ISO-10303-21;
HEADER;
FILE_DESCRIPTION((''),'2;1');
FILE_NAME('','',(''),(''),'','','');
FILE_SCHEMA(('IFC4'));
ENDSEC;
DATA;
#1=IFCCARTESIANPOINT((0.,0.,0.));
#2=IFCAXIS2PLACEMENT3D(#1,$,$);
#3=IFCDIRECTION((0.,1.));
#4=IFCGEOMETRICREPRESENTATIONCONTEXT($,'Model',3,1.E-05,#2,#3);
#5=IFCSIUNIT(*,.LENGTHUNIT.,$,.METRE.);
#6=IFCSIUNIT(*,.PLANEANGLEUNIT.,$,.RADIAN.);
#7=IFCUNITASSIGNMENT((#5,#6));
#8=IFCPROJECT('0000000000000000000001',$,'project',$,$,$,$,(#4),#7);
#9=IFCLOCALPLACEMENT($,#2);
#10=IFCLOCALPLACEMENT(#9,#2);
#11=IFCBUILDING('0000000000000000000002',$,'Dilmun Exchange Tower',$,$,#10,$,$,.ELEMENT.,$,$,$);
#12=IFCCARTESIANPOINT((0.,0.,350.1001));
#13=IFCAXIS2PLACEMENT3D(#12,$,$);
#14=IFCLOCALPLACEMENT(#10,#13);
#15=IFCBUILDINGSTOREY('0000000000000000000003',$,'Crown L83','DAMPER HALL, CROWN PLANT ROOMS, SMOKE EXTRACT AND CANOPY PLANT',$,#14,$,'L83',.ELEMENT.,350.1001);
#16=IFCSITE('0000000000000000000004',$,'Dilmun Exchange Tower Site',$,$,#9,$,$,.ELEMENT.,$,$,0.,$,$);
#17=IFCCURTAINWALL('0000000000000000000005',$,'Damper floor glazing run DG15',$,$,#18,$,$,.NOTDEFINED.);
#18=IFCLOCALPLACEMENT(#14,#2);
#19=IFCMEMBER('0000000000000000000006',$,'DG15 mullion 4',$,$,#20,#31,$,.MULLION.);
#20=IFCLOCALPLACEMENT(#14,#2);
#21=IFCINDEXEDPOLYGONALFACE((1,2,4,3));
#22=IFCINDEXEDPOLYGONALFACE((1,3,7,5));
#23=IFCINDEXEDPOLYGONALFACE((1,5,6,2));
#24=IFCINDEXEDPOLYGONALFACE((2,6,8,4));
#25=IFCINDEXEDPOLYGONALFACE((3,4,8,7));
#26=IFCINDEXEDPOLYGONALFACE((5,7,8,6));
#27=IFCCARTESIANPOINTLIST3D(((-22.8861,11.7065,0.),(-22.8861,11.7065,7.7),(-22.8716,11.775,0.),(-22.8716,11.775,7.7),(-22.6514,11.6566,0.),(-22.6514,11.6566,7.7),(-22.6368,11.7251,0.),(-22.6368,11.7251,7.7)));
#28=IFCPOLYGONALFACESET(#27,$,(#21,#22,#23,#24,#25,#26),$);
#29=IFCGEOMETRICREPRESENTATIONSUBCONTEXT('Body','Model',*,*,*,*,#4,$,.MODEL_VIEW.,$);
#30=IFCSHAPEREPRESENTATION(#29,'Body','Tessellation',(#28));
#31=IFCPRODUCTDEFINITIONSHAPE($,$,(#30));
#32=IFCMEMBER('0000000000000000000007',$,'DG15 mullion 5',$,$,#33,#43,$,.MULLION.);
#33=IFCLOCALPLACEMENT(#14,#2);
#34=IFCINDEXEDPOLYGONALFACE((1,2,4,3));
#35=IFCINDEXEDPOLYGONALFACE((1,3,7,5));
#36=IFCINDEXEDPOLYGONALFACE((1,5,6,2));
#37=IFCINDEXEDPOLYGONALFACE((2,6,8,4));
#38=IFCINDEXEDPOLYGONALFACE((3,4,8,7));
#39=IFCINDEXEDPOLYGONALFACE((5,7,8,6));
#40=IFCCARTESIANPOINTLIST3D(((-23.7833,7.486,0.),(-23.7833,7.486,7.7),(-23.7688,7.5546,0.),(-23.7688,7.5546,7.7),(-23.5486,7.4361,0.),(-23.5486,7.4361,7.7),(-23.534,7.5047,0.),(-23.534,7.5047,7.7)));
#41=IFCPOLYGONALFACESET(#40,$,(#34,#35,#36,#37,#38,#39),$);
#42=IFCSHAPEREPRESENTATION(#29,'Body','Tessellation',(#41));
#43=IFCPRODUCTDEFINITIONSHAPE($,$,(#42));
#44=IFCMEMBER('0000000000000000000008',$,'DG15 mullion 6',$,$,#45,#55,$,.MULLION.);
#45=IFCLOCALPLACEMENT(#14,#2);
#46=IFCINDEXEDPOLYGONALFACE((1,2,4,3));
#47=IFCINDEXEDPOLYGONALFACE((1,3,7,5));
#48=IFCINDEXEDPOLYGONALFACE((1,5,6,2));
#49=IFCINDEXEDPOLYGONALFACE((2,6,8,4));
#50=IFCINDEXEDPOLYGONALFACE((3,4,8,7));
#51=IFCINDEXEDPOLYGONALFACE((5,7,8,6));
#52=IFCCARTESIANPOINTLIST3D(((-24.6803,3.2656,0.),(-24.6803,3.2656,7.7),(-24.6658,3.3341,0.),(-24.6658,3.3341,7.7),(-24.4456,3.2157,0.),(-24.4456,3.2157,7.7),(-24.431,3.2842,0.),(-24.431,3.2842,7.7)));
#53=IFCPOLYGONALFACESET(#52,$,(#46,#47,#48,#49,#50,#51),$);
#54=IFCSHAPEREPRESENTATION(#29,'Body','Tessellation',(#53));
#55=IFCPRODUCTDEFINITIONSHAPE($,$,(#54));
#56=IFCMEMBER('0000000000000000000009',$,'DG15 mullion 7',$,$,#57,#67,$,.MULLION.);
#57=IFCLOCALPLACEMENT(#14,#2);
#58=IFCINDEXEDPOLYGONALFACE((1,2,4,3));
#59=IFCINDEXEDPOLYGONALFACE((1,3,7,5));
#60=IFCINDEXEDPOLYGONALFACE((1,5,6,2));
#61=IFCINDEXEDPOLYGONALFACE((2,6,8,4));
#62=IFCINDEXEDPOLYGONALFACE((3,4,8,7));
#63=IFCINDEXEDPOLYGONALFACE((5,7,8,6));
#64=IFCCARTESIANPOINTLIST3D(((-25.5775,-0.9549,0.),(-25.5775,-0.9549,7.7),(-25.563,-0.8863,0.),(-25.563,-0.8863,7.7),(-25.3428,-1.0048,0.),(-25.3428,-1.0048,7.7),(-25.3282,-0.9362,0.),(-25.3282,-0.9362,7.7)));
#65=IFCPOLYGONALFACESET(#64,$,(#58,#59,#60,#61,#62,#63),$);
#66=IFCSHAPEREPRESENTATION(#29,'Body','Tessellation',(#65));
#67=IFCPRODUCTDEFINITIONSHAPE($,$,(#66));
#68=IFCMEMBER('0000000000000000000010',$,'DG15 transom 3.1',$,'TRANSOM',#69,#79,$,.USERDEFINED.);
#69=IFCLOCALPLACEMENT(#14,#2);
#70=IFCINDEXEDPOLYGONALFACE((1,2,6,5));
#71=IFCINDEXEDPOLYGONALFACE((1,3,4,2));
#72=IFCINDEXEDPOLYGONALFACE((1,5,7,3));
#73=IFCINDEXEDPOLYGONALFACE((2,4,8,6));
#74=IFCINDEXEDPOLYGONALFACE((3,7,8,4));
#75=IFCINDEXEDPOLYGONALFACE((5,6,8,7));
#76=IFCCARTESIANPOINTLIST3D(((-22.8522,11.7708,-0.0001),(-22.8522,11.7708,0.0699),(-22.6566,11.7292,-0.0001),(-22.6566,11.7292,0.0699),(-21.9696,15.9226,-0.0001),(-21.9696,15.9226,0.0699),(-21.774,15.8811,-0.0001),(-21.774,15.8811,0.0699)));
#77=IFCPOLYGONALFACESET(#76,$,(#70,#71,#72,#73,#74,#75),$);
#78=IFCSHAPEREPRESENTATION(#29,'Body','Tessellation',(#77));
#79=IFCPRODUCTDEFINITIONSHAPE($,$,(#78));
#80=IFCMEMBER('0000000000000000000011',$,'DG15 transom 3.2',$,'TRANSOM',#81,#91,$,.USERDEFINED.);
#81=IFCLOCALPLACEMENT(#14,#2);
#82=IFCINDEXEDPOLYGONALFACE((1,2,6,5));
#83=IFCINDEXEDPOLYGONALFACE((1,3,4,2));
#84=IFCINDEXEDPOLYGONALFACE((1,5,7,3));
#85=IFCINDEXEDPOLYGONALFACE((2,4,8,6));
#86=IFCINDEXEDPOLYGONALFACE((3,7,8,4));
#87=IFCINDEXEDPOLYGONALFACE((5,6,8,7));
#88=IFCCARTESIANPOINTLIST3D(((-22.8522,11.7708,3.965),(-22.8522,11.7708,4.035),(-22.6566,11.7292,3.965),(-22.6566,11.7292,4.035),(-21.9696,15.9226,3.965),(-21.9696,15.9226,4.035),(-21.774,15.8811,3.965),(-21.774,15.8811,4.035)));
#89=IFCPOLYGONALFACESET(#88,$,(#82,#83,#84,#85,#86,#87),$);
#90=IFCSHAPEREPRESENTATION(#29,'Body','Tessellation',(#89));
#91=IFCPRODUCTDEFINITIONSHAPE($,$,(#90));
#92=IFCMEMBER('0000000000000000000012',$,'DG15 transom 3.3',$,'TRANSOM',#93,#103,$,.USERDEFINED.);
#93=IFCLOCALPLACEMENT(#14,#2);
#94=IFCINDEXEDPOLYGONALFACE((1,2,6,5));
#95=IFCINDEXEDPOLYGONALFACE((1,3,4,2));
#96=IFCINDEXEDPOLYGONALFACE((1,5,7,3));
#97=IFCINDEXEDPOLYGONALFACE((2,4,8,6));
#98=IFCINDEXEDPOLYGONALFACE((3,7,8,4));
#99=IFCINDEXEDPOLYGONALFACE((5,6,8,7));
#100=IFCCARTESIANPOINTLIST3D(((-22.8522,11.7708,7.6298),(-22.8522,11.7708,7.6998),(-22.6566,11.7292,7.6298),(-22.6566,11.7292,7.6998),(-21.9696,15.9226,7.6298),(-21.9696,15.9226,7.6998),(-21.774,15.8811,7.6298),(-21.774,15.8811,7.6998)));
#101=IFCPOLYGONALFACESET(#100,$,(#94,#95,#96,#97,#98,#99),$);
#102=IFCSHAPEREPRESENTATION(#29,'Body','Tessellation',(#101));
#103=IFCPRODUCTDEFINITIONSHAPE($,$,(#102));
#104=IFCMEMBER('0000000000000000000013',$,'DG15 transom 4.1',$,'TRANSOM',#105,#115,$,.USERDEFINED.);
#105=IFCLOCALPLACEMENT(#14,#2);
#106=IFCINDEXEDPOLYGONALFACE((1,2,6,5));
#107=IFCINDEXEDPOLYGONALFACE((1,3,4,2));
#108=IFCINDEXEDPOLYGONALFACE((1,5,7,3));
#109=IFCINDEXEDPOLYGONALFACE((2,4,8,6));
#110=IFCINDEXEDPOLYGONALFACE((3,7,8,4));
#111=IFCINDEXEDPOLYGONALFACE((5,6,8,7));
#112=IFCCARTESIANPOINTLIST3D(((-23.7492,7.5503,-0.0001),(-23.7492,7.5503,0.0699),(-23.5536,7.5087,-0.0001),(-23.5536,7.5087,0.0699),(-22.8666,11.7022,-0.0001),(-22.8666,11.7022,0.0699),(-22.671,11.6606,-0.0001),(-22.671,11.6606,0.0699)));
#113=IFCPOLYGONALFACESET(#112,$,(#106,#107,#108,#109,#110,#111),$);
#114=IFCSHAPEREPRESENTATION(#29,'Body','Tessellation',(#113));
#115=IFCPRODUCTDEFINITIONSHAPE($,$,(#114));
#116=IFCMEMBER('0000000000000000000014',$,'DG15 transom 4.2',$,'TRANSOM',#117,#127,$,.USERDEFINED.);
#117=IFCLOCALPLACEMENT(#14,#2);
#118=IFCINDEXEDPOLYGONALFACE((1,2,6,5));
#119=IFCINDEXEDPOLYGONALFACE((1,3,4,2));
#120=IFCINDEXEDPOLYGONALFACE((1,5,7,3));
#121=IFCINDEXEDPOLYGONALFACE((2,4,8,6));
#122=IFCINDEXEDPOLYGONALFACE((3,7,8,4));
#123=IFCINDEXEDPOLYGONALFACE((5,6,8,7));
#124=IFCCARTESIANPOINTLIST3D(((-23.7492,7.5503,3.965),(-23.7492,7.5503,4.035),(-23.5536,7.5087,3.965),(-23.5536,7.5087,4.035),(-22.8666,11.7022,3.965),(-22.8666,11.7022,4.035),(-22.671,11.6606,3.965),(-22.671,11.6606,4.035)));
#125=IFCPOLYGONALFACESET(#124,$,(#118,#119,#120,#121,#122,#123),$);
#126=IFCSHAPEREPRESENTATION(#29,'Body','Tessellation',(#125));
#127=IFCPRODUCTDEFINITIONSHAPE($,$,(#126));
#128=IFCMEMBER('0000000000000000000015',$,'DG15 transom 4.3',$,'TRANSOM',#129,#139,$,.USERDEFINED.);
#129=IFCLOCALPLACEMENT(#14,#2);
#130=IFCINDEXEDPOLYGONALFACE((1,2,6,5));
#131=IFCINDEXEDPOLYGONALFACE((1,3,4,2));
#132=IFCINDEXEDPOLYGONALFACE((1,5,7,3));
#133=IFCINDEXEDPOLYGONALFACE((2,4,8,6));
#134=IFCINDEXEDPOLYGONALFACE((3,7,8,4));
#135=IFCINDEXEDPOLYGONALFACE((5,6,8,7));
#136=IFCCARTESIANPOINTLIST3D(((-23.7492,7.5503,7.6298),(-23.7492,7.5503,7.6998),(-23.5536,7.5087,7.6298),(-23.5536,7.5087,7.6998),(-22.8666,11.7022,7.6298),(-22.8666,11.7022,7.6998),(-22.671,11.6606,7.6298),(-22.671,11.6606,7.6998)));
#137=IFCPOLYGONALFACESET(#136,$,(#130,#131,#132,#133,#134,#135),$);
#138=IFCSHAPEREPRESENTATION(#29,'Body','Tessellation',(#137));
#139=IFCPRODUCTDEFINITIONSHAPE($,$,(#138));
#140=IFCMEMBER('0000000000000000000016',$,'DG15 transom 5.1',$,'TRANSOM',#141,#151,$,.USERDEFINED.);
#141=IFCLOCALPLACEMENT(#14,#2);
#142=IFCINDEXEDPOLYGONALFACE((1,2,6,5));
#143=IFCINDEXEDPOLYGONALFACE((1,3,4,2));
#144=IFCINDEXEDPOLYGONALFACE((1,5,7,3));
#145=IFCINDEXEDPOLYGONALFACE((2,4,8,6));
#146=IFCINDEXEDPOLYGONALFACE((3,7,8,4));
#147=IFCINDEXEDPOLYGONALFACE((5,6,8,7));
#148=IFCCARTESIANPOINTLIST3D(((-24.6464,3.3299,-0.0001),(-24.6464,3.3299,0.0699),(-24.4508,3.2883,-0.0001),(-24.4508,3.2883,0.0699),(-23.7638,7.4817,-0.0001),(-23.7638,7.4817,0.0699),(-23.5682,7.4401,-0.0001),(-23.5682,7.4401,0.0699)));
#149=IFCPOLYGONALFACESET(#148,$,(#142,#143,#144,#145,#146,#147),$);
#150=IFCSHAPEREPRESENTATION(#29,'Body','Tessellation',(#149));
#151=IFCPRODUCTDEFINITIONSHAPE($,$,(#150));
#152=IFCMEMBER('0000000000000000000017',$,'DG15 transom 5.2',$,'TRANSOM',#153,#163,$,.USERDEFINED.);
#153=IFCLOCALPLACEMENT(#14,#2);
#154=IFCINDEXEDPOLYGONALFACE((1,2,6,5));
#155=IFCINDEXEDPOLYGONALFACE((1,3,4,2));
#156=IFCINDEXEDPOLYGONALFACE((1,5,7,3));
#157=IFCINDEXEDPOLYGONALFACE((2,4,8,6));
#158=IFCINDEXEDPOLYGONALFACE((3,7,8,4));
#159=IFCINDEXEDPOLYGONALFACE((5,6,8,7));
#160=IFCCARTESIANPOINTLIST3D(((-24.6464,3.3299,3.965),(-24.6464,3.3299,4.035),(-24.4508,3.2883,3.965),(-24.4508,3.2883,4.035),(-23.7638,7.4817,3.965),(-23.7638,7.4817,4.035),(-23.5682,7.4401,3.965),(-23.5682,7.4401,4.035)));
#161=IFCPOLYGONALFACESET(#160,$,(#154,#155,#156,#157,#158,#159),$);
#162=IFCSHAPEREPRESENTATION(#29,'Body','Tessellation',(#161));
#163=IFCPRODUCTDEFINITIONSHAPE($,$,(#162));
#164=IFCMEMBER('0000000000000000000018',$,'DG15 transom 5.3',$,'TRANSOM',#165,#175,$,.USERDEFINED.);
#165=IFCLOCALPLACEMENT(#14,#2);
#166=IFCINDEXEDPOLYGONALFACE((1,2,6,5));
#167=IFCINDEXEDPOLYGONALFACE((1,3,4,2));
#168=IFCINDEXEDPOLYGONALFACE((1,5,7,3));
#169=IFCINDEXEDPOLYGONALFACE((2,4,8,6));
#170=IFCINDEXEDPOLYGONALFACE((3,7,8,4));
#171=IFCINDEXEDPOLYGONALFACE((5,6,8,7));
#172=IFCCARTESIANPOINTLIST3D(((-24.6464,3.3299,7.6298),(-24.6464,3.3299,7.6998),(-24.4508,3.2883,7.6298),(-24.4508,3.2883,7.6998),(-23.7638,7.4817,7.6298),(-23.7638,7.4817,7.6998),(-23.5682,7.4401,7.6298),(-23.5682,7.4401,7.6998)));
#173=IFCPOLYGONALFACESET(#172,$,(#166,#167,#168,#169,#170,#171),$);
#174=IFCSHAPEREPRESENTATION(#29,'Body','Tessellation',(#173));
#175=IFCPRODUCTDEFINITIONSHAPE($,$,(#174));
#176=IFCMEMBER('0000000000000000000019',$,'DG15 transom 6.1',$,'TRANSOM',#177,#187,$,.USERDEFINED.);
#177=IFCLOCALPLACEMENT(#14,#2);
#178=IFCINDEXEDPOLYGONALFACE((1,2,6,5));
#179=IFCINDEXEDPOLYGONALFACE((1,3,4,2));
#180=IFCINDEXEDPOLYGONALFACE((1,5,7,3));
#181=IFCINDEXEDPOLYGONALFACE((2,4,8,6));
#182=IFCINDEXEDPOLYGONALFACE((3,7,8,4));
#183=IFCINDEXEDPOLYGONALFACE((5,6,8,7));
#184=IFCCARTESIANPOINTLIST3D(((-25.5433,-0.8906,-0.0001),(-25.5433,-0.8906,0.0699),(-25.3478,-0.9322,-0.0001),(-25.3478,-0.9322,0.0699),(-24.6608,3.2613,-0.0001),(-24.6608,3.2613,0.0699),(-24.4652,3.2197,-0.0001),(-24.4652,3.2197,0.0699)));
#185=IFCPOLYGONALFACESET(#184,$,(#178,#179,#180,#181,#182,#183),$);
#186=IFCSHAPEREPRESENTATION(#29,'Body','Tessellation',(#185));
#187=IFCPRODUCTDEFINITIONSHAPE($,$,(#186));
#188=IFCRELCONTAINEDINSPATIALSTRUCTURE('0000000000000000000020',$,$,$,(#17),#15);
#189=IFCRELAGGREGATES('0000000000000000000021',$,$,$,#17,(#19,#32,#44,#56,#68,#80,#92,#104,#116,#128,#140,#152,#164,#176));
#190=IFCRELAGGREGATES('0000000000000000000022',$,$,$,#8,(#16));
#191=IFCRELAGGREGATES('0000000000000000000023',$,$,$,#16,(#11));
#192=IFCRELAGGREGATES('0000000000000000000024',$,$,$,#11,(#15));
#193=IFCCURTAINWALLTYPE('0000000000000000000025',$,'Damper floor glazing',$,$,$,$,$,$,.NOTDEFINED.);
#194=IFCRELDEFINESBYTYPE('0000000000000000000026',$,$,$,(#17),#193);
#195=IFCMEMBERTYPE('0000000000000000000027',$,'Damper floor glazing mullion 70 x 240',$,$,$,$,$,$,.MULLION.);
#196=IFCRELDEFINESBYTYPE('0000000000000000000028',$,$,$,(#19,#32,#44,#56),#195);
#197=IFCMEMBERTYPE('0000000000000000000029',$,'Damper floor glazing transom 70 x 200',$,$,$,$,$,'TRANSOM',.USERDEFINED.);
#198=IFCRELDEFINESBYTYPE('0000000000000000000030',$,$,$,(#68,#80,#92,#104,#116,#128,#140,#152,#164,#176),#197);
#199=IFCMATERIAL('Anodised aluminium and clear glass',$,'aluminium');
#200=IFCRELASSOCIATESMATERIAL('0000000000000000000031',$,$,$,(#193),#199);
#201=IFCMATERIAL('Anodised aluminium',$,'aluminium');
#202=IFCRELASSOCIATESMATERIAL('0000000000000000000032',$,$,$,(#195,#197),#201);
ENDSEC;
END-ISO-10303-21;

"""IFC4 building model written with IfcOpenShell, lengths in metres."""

from ifc_helpers import new_model, si_unit, direction, frame, origin, origin_2d, place, context, subcontext, project, spatial, rectangle, extrude, material, material_profile, profile_set, type_object, element, aggregate, save


model = new_model("IFC4")

# Units and contexts
model_context = context("Model", 3, precision=1e-05, world=origin(), true_north=direction((0.0, 1.0)))
body_context = subcontext(model_context, "Body", "Model", "MODEL_VIEW")
ifc_project = project(units=[si_unit("LENGTHUNIT", "METRE"), si_unit("PLANEANGLEUNIT", "RADIAN")], contexts=[model_context])

# Site, building, storey
site_placement = place(None, origin())
site = spatial("IfcSite", under=ifc_project, at=site_placement, Name="Dilmun Exchange Tower Site", CompositionType="ELEMENT", RefElevation=0.0)
building_placement = place(site_placement, origin())
building = spatial("IfcBuilding", under=site, at=building_placement, Name="Dilmun Exchange Tower", CompositionType="ELEMENT")
storey_placement = place(building_placement, frame((0.0, 0.0, 350.1001)))
storey = spatial("IfcBuildingStorey", under=building, at=storey_placement, Name="Crown L83", Description="DAMPER HALL, CROWN PLANT ROOMS, SMOKE EXTRACT AND CANOPY PLANT", LongName="L83", CompositionType="ELEMENT", Elevation=350.1001)

# Curtain wall, members
ifc_material_1 = material(Name="Anodised aluminium and clear glass", Category="aluminium")
curtain_wall_type = type_object("IfcCurtainWallType", Name="Damper floor glazing", PredefinedType="NOTDEFINED", material=ifc_material_1)
curtain_wall_placement = place(storey_placement, origin())
curtain_wall = element("IfcCurtainWall", 1, at=curtain_wall_placement, inside=storey, type_object=curtain_wall_type, Name="Damper floor glazing run DG15", PredefinedType="NOTDEFINED")
ifc_material_2 = material(Name="Anodised aluminium", Category="aluminium")
ifc_material_profile_1 = material_profile(ifc_material_2, rectangle(XDim=0.24, YDim=0.0701, at=origin_2d()), Name="AL 70x240")
ifc_profile_set_1 = profile_set([ifc_material_profile_1], Name="Anodised aluminium")
member_type_1 = type_object("IfcMemberType", Name="Damper floor glazing mullion 70 x 240", PredefinedType="MULLION", material=ifc_profile_set_1)
member_1_placement = place(storey_placement, frame((-22.7615, 11.7158, 0.0), z_axis=(0.0, 0.0, 1.0), x_axis=(0.978147, -0.207912, 0.0)))
member_1 = element("IfcMember", 2, at=member_1_placement, type_object=member_type_1, Name="DG15 mullion 4", PredefinedType="MULLION", context=body_context, shape_type="SweptSolid", body=[
    extrude(rectangle(XDim=0.24, YDim=0.0701, at=origin_2d()), origin(), (0.0, 0.0, 1.0), 7.7),
])
member_2_placement = place(storey_placement, frame((-23.6587, 7.4954, 0.0), z_axis=(0.0, 0.0, 1.0), x_axis=(0.978147, -0.207912, 0.0)))
member_2 = element("IfcMember", 3, at=member_2_placement, type_object=member_type_1, Name="DG15 mullion 5", PredefinedType="MULLION", context=body_context, shape_type="SweptSolid", body=[
    extrude(rectangle(XDim=0.24, YDim=0.0701, at=origin_2d()), origin(), (0.0, 0.0, 1.0), 7.7),
])
member_3_placement = place(storey_placement, frame((-24.5557, 3.2749, 0.0), z_axis=(0.0, 0.0, 1.0), x_axis=(0.978147, -0.207912, 0.0)))
member_3 = element("IfcMember", 4, at=member_3_placement, type_object=member_type_1, Name="DG15 mullion 6", PredefinedType="MULLION", context=body_context, shape_type="SweptSolid", body=[
    extrude(rectangle(XDim=0.24, YDim=0.0701, at=origin_2d()), origin(), (0.0, 0.0, 1.0), 7.7),
])
member_4_placement = place(storey_placement, frame((-25.4529, -0.9456, 0.0), z_axis=(0.0, 0.0, 1.0), x_axis=(0.978147, -0.207912, 0.0)))
member_4 = element("IfcMember", 5, at=member_4_placement, type_object=member_type_1, Name="DG15 mullion 7", PredefinedType="MULLION", context=body_context, shape_type="SweptSolid", body=[
    extrude(rectangle(XDim=0.24, YDim=0.0701, at=origin_2d()), origin(), (0.0, 0.0, 1.0), 7.7),
])
ifc_material_profile_2 = material_profile(ifc_material_2, rectangle(XDim=0.2, YDim=0.0701, at=origin_2d()), Name="AL 70x200")
ifc_profile_set_2 = profile_set([ifc_material_profile_2], Name="Anodised aluminium")
member_type_2 = type_object("IfcMemberType", Name="Damper floor glazing transom 70 x 200", ElementType="TRANSOM", PredefinedType="USERDEFINED", material=ifc_profile_set_2)
member_5_placement = place(storey_placement, frame((-21.8718, 15.9019, 0.0349), z_axis=(-0.207926, -0.978145, 0.0), x_axis=(0.978145, -0.207926, 0.0)))
member_5 = element("IfcMember", 6, at=member_5_placement, type_object=member_type_2, Name="DG15 transom 3.1", ObjectType="TRANSOM", PredefinedType="USERDEFINED", context=body_context, shape_type="SweptSolid", body=[
    extrude(rectangle(XDim=0.2, YDim=0.0701, at=origin_2d()), origin(), (0.0, 0.0, 1.0), 4.2446),
])
member_6_placement = place(storey_placement, frame((-21.8718, 15.9019, 4.0), z_axis=(-0.207926, -0.978145, 0.0), x_axis=(0.978145, -0.207926, 0.0)))
member_6 = element("IfcMember", 7, at=member_6_placement, type_object=member_type_2, Name="DG15 transom 3.2", ObjectType="TRANSOM", PredefinedType="USERDEFINED", context=body_context, shape_type="SweptSolid", body=[
    extrude(rectangle(XDim=0.2, YDim=0.0701, at=origin_2d()), origin(), (0.0, 0.0, 1.0), 4.2446),
])
member_7_placement = place(storey_placement, frame((-21.8718, 15.9019, 7.6648), z_axis=(-0.207926, -0.978145, 0.0), x_axis=(0.978145, -0.207926, 0.0)))
member_7 = element("IfcMember", 8, at=member_7_placement, type_object=member_type_2, Name="DG15 transom 3.3", ObjectType="TRANSOM", PredefinedType="USERDEFINED", context=body_context, shape_type="SweptSolid", body=[
    extrude(rectangle(XDim=0.2, YDim=0.0701, at=origin_2d()), origin(), (0.0, 0.0, 1.0), 4.2446),
])
member_8_placement = place(storey_placement, frame((-22.7688, 11.6814, 0.0349), z_axis=(-0.207926, -0.978145, 0.0), x_axis=(0.978145, -0.207926, 0.0)))
member_8 = element("IfcMember", 9, at=member_8_placement, type_object=member_type_2, Name="DG15 transom 4.1", ObjectType="TRANSOM", PredefinedType="USERDEFINED", context=body_context, shape_type="SweptSolid", body=[
    extrude(rectangle(XDim=0.2, YDim=0.0701, at=origin_2d()), origin(), (0.0, 0.0, 1.0), 4.2446),
])
member_9_placement = place(storey_placement, frame((-22.7688, 11.6814, 4.0), z_axis=(-0.207926, -0.978145, 0.0), x_axis=(0.978145, -0.207926, 0.0)))
member_9 = element("IfcMember", 10, at=member_9_placement, type_object=member_type_2, Name="DG15 transom 4.2", ObjectType="TRANSOM", PredefinedType="USERDEFINED", context=body_context, shape_type="SweptSolid", body=[
    extrude(rectangle(XDim=0.2, YDim=0.0701, at=origin_2d()), origin(), (0.0, 0.0, 1.0), 4.2446),
])
member_10_placement = place(storey_placement, frame((-22.7688, 11.6814, 7.6648), z_axis=(-0.207926, -0.978145, 0.0), x_axis=(0.978145, -0.207926, 0.0)))
member_10 = element("IfcMember", 11, at=member_10_placement, type_object=member_type_2, Name="DG15 transom 4.3", ObjectType="TRANSOM", PredefinedType="USERDEFINED", context=body_context, shape_type="SweptSolid", body=[
    extrude(rectangle(XDim=0.2, YDim=0.0701, at=origin_2d()), origin(), (0.0, 0.0, 1.0), 4.2446),
])
member_11_placement = place(storey_placement, frame((-23.666, 7.4609, 0.0349), z_axis=(-0.207926, -0.978145, 0.0), x_axis=(0.978145, -0.207926, 0.0)))
member_11 = element("IfcMember", 12, at=member_11_placement, type_object=member_type_2, Name="DG15 transom 5.1", ObjectType="TRANSOM", PredefinedType="USERDEFINED", context=body_context, shape_type="SweptSolid", body=[
    extrude(rectangle(XDim=0.2, YDim=0.0701, at=origin_2d()), origin(), (0.0, 0.0, 1.0), 4.2446),
])
member_12_placement = place(storey_placement, frame((-23.666, 7.4609, 4.0), z_axis=(-0.207926, -0.978145, 0.0), x_axis=(0.978145, -0.207926, 0.0)))
member_12 = element("IfcMember", 13, at=member_12_placement, type_object=member_type_2, Name="DG15 transom 5.2", ObjectType="TRANSOM", PredefinedType="USERDEFINED", context=body_context, shape_type="SweptSolid", body=[
    extrude(rectangle(XDim=0.2, YDim=0.0701, at=origin_2d()), origin(), (0.0, 0.0, 1.0), 4.2446),
])
member_13_placement = place(storey_placement, frame((-23.666, 7.4609, 7.6648), z_axis=(-0.207926, -0.978145, 0.0), x_axis=(0.978145, -0.207926, 0.0)))
member_13 = element("IfcMember", 14, at=member_13_placement, type_object=member_type_2, Name="DG15 transom 5.3", ObjectType="TRANSOM", PredefinedType="USERDEFINED", context=body_context, shape_type="SweptSolid", body=[
    extrude(rectangle(XDim=0.2, YDim=0.0701, at=origin_2d()), origin(), (0.0, 0.0, 1.0), 4.2446),
])
member_14_placement = place(storey_placement, frame((-24.563, 3.2405, 0.0349), z_axis=(-0.207926, -0.978145, 0.0), x_axis=(0.978145, -0.207926, 0.0)))
member_14 = element("IfcMember", 15, at=member_14_placement, type_object=member_type_2, Name="DG15 transom 6.1", ObjectType="TRANSOM", PredefinedType="USERDEFINED", context=body_context, shape_type="SweptSolid", body=[
    extrude(rectangle(XDim=0.2, YDim=0.0701, at=origin_2d()), origin(), (0.0, 0.0, 1.0), 4.2446),
])
aggregate(curtain_wall, [member_1, member_2, member_3, member_4, member_5, member_6, member_7, member_8, member_9, member_10, member_11, member_12, member_13, member_14])

save(model, "model.ifc")
